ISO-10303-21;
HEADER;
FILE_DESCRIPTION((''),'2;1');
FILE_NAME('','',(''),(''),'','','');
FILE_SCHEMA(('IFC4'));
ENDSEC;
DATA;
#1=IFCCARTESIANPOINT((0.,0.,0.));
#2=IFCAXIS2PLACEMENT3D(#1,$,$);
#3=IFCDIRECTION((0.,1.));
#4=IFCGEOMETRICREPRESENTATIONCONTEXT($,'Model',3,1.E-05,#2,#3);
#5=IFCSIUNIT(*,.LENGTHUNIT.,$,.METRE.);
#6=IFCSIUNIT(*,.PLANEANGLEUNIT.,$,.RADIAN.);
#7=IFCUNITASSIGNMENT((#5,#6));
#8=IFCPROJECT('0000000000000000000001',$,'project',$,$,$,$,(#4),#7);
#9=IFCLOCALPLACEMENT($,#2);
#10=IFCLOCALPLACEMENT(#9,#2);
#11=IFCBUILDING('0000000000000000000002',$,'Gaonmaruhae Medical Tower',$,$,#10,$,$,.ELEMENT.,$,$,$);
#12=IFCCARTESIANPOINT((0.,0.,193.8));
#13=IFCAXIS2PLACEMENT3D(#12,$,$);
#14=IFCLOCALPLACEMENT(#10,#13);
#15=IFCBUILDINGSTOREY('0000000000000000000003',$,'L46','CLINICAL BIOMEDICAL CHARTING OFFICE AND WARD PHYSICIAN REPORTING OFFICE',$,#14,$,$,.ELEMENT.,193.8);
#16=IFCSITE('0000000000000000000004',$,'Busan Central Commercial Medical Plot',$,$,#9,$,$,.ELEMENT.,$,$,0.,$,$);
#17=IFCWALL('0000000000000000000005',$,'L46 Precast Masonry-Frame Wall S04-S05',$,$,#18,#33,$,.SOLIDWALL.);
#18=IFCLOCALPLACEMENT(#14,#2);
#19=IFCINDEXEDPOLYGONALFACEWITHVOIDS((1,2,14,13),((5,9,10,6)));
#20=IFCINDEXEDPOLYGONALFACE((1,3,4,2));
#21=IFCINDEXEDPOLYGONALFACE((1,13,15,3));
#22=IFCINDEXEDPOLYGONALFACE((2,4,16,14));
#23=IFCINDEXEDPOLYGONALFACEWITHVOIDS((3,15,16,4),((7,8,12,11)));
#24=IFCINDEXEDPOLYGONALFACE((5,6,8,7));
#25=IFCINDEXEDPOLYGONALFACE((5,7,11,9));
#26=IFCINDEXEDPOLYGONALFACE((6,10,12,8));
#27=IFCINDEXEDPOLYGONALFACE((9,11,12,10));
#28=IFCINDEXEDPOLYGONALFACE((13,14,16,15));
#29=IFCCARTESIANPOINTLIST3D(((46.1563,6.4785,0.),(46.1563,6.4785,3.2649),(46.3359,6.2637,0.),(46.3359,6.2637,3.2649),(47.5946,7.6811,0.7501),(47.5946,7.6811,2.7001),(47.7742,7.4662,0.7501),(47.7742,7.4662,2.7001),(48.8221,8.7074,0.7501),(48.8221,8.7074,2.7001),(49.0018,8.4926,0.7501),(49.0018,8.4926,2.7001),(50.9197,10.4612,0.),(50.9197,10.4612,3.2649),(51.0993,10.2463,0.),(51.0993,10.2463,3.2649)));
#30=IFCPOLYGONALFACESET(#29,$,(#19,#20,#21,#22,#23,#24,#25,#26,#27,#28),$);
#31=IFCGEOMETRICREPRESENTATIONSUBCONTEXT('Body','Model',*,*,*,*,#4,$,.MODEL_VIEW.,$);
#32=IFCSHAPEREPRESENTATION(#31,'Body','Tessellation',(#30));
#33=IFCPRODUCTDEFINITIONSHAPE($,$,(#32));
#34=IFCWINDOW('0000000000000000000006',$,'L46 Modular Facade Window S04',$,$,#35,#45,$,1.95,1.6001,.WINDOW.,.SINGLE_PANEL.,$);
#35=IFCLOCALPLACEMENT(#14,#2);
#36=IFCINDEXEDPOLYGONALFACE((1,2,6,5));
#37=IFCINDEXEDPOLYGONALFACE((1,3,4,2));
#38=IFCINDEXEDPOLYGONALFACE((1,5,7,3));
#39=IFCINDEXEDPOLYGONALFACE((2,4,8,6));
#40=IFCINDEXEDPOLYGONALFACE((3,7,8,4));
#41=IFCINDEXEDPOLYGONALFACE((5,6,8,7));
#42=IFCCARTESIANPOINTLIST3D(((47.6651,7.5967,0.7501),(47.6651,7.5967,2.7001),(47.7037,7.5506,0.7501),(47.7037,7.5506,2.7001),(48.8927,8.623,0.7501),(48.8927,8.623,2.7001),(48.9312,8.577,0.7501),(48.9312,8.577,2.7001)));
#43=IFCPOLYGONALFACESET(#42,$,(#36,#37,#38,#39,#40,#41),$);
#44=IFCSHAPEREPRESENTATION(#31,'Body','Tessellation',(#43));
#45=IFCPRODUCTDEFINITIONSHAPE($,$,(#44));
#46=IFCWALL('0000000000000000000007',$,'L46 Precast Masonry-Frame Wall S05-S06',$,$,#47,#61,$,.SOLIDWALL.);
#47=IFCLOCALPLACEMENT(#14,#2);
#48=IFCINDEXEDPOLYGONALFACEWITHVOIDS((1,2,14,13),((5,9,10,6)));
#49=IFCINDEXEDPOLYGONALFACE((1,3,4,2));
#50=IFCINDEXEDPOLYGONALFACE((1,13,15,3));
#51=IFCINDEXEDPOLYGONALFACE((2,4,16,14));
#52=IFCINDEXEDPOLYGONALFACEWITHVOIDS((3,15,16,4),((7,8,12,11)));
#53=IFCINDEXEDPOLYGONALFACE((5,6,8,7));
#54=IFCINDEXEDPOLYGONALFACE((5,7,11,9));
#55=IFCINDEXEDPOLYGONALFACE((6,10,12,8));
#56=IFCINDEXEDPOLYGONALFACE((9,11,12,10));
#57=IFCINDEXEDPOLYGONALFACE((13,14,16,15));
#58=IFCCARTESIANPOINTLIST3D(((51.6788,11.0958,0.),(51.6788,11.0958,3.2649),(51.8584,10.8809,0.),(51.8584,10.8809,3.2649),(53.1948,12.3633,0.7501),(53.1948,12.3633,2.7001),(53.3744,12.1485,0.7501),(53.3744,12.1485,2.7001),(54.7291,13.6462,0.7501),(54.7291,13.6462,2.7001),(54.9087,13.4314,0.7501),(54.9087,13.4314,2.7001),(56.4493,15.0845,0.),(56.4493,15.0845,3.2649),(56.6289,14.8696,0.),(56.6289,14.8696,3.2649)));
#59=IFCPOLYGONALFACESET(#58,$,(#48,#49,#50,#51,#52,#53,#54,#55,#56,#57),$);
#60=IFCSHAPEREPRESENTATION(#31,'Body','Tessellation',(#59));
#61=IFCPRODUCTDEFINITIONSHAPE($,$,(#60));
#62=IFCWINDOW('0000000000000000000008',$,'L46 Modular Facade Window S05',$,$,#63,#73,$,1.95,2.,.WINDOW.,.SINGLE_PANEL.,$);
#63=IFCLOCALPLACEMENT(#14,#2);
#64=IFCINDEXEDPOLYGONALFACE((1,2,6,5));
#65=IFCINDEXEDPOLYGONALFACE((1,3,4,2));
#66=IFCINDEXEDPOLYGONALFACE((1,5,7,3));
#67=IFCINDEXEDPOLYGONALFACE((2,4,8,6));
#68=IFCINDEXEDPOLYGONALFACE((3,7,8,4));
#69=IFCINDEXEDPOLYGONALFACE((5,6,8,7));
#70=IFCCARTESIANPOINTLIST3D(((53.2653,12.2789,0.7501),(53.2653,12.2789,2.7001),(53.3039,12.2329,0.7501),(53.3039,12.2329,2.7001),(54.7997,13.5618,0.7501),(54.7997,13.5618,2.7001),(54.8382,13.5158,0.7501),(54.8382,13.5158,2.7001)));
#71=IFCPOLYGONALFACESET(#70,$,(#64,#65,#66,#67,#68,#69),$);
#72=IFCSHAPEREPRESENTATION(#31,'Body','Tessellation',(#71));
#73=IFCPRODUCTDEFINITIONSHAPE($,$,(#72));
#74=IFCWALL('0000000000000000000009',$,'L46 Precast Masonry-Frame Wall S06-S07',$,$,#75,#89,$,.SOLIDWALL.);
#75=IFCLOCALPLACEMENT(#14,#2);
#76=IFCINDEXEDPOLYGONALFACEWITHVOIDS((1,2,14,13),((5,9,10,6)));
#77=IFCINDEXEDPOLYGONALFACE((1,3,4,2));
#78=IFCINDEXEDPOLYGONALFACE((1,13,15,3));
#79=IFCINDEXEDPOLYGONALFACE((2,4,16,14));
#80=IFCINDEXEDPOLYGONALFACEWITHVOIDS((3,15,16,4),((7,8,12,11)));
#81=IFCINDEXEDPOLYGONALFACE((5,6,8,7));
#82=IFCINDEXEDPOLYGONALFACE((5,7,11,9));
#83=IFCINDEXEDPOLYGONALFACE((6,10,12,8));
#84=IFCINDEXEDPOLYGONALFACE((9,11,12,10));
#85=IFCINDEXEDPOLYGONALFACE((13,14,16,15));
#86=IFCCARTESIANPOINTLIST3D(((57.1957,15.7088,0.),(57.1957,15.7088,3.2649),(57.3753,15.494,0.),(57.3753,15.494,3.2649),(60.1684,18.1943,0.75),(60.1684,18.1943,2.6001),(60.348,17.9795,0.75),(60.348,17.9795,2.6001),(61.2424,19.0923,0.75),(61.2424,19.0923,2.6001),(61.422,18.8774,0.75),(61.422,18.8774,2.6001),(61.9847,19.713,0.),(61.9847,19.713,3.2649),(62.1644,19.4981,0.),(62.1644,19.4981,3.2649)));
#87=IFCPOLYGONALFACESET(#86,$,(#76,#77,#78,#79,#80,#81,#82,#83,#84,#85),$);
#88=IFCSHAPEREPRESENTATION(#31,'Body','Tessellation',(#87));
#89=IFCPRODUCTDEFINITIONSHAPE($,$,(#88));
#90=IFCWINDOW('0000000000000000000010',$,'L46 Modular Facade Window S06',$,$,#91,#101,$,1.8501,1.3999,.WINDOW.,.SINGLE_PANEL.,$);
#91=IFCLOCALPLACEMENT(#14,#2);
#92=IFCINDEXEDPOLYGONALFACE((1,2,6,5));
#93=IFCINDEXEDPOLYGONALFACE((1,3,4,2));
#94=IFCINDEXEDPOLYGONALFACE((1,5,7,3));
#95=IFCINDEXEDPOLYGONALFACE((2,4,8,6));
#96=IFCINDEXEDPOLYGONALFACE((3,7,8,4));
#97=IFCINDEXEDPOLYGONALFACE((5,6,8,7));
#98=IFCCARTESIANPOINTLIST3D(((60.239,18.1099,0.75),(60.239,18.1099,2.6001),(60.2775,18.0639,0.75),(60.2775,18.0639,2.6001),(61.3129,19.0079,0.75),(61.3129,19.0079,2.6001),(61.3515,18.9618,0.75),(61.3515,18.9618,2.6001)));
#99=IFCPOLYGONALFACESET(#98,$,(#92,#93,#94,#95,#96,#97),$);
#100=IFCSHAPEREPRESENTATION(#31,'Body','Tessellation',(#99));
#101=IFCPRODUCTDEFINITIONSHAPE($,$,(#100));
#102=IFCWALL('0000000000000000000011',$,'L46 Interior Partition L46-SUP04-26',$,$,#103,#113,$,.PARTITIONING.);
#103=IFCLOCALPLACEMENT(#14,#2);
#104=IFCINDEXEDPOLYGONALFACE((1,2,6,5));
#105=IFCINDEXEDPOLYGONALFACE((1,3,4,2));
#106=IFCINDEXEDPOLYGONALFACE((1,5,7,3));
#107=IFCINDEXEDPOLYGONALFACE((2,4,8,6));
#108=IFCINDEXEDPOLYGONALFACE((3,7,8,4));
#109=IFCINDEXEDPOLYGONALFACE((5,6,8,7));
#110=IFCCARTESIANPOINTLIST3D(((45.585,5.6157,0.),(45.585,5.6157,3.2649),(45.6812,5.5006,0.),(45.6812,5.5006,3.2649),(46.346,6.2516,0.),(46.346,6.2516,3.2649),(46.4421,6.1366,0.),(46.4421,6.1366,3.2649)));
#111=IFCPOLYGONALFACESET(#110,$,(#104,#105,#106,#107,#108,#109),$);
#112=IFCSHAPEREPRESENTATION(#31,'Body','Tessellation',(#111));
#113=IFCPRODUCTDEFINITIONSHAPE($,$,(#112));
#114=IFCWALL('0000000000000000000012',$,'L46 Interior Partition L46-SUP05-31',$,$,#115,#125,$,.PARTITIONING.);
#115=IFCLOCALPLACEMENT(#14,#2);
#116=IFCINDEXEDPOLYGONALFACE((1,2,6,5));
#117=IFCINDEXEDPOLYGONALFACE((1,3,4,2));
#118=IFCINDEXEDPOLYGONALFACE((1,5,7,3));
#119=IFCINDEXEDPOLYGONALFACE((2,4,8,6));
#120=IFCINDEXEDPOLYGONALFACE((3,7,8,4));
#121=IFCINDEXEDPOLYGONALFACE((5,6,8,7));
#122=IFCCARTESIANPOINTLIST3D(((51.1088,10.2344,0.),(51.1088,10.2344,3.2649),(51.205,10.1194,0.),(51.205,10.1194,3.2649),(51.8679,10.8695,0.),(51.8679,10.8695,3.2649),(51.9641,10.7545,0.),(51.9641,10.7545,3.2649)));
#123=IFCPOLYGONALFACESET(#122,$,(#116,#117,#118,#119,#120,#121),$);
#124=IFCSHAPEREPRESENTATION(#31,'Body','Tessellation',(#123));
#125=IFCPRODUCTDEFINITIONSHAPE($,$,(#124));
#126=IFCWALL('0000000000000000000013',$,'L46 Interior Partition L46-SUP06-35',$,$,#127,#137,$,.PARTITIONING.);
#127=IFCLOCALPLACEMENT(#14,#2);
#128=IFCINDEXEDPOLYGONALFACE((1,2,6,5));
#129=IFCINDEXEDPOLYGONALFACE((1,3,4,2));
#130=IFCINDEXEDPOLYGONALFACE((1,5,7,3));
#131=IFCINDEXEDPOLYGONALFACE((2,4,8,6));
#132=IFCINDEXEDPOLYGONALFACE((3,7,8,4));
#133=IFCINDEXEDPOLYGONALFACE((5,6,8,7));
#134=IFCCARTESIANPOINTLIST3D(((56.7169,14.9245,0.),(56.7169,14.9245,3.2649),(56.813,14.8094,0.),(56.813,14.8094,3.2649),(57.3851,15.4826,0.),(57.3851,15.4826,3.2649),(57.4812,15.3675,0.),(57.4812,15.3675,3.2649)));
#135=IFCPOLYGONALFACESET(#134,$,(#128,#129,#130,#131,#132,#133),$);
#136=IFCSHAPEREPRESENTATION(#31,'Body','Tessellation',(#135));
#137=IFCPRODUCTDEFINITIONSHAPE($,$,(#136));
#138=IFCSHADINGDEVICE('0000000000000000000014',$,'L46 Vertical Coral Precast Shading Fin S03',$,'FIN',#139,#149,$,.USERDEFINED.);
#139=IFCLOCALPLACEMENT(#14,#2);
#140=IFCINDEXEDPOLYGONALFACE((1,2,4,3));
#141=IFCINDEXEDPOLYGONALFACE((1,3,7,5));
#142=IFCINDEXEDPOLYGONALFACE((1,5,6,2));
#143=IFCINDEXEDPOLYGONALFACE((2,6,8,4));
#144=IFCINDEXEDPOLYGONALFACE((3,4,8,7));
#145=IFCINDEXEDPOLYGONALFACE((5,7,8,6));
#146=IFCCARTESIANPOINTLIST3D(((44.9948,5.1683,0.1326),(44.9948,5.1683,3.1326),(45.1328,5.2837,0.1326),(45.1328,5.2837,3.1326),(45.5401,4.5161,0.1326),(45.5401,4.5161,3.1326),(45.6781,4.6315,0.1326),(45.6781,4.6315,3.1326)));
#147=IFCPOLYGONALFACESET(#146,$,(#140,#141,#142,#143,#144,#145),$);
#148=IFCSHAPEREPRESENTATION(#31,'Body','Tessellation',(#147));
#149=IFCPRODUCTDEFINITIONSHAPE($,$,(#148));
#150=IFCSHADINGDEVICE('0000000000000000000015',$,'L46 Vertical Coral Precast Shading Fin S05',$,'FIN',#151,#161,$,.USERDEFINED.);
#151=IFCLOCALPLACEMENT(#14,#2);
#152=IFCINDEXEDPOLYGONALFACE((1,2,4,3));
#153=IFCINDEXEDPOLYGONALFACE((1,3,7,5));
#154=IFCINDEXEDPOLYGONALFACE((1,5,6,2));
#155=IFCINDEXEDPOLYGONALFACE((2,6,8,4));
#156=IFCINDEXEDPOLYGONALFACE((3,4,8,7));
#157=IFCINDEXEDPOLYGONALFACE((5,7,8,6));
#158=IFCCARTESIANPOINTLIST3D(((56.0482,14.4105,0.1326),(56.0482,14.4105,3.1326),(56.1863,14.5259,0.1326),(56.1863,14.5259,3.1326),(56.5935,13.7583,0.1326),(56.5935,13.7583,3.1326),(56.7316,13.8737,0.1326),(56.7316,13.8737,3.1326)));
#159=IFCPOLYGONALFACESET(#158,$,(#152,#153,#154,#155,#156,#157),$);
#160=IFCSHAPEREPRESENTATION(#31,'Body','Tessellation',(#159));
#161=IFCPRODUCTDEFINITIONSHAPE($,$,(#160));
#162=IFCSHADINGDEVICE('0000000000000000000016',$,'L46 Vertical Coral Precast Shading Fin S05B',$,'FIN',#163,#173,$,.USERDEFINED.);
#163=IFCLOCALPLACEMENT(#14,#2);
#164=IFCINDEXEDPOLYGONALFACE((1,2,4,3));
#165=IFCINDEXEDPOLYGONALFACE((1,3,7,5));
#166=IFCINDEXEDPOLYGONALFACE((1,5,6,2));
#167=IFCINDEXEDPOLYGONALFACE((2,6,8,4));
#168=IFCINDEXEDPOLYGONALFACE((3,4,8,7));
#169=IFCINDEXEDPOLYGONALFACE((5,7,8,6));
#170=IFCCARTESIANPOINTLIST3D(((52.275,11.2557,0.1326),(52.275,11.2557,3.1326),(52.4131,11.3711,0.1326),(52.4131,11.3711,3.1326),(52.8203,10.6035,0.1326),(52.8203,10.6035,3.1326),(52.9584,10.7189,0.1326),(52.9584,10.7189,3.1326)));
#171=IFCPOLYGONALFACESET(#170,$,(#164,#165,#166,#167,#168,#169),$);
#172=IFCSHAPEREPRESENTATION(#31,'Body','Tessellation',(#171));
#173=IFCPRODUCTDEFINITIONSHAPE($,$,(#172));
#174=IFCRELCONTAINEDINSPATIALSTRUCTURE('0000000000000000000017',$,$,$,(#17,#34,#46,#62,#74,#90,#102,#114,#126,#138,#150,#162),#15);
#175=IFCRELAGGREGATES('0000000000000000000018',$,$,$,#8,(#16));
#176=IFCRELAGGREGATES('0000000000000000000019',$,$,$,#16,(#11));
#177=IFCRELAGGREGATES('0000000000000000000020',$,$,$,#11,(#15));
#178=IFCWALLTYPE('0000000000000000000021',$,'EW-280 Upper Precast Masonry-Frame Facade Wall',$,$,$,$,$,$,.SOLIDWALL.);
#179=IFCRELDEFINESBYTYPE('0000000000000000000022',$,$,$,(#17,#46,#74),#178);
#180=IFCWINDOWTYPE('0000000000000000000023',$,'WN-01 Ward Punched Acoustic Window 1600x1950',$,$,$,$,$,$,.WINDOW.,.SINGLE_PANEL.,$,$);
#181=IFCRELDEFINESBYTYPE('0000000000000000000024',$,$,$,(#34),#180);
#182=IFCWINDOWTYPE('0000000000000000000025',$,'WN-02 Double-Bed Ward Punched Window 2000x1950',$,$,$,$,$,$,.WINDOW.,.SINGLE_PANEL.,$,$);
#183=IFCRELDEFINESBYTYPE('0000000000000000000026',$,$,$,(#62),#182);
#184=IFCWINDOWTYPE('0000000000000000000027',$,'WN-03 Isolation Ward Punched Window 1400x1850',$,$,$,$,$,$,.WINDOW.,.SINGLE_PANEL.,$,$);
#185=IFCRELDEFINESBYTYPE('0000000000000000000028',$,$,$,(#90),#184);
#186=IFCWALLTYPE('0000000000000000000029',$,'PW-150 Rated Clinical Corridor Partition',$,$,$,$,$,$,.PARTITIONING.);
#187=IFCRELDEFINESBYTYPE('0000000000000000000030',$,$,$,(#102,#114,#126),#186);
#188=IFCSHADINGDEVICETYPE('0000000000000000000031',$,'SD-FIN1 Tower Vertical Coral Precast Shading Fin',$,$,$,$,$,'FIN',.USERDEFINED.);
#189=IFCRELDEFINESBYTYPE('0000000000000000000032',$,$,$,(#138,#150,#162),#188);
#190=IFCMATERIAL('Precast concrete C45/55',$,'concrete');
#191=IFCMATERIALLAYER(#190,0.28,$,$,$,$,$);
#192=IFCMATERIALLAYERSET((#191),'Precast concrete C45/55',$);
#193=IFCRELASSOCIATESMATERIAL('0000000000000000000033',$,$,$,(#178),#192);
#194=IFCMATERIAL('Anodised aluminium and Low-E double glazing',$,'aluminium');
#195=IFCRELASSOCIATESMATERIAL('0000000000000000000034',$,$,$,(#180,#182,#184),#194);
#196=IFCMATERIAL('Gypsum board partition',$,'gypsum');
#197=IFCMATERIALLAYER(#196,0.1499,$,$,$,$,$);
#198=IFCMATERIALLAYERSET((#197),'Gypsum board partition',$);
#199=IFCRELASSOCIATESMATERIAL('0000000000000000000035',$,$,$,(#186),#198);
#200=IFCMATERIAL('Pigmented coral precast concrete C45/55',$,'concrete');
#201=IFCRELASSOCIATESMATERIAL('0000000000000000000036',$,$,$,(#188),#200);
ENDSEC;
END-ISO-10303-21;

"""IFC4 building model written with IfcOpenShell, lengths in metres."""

from ifc_helpers import new_model, si_unit, direction, frame, frame_2d, origin, origin_2d, place, context, subcontext, project, spatial, rectangle, extrude, material, layer, layer_set, type_object, element, fill, save


model = new_model("IFC4")

# Units and contexts
model_context = context("Model", 3, precision=1e-05, world=origin(), true_north=direction((0.0, 1.0)))
body_context = subcontext(model_context, "Body", "Model", "MODEL_VIEW")
ifc_project = project(units=[si_unit("LENGTHUNIT", "METRE"), si_unit("PLANEANGLEUNIT", "RADIAN")], contexts=[model_context])

# Site, building, storey
site_placement = place(None, origin())
site = spatial("IfcSite", under=ifc_project, at=site_placement, Name="Busan Central Commercial Medical Plot", CompositionType="ELEMENT", RefElevation=0.0)
building_placement = place(site_placement, origin())
building = spatial("IfcBuilding", under=site, at=building_placement, Name="Gaonmaruhae Medical Tower", CompositionType="ELEMENT")
storey_placement = place(building_placement, frame((0.0, 0.0, 193.8)))
storey = spatial("IfcBuildingStorey", under=building, at=storey_placement, Name="L46", Description="CLINICAL BIOMEDICAL CHARTING OFFICE AND WARD PHYSICIAN REPORTING OFFICE", CompositionType="ELEMENT", Elevation=193.8)

# Walls, openings, windows
ifc_material_1 = material(Name="Precast concrete C45/55", Category="concrete")
ifc_layer_1 = layer(ifc_material_1, 0.28)
ifc_layer_set_1 = layer_set([ifc_layer_1], Name="Precast concrete C45/55")
wall_type_1 = type_object("IfcWallType", Name="EW-280 Upper Precast Masonry-Frame Facade Wall", PredefinedType="SOLIDWALL", material=ifc_layer_set_1)
ifc_material_2 = material(Name="Anodised aluminium and Low-E double glazing", Category="aluminium")
wall_1_placement = place(storey_placement, frame((51.0095, 10.3538, 0.0), z_axis=(0.0, 0.0, 1.0), x_axis=(-0.767179, -0.641433, 0.0)))
wall_1 = element("IfcWall", 1, at=wall_1_placement, inside=storey, type_object=wall_type_1, Name="L46 Precast Masonry-Frame Wall S04-S05", PredefinedType="SOLIDWALL", context=body_context, shape_type="SweptSolid", body=[
    extrude(rectangle(XDim=6.209, YDim=0.28, at=frame_2d((3.1045, 0.0))), origin(), (0.0, 0.0, 1.0), 3.2649),
])
opening_1_placement = place(wall_1_placement, frame((2.7341, 0.0, 0.75)))
opening_1 = element("IfcOpeningElement", 2, at=opening_1_placement, cuts=wall_1, PredefinedType="OPENING", context=body_context, shape_type="SweptSolid", body=[
    extrude(rectangle(XDim=1.6001, YDim=1.95, at=frame_2d((0.8, 0.9751))), frame((0.0, 0.1499, 0.0), z_axis=(0.0, -1.0, 0.0), x_axis=(1.0, 0.0, 0.0)), (0.0, 0.0, 1.0), 0.3),
])
window_type_1 = type_object("IfcWindowType", Name="WN-01 Ward Punched Acoustic Window 1600x1950", PartitioningType="SINGLE_PANEL", PredefinedType="WINDOW", material=ifc_material_2)
window_1_placement = place(opening_1_placement, origin())
window_1 = element("IfcWindow", 3, at=window_1_placement, inside=storey, type_object=window_type_1, Name="L46 Modular Facade Window S04", OverallHeight=1.95, OverallWidth=1.6001, PartitioningType="SINGLE_PANEL", PredefinedType="WINDOW", context=body_context, shape_type="SweptSolid", body=[
    extrude(rectangle(XDim=1.6001, YDim=1.95, at=frame_2d((0.8, 0.9751))), frame((0.0, 0.03, 0.0), z_axis=(0.0, -1.0, 0.0), x_axis=(1.0, 0.0, 0.0)), (0.0, 0.0, 1.0), 0.0601),
])
fill(opening_1, window_1)
wall_2_placement = place(storey_placement, frame((56.5391, 14.9771, 0.0), z_axis=(0.0, 0.0, 1.0), x_axis=(-0.767165, -0.64145, 0.0)))
wall_2 = element("IfcWall", 4, at=wall_2_placement, inside=storey, type_object=wall_type_1, Name="L46 Precast Masonry-Frame Wall S05-S06", PredefinedType="SOLIDWALL", context=body_context, shape_type="SweptSolid", body=[
    extrude(rectangle(XDim=6.2183, YDim=0.28, at=frame_2d((3.1091, 0.0))), origin(), (0.0, 0.0, 1.0), 3.2649),
])
opening_2_placement = place(wall_2_placement, frame((2.2422, 0.0, 0.75)))
opening_2 = element("IfcOpeningElement", 5, at=opening_2_placement, cuts=wall_2, PredefinedType="OPENING", context=body_context, shape_type="SweptSolid", body=[
    extrude(rectangle(XDim=2.0, YDim=1.95, at=frame_2d((1.0, 0.9751))), frame((0.0, 0.1499, 0.0), z_axis=(0.0, -1.0, 0.0), x_axis=(1.0, 0.0, 0.0)), (0.0, 0.0, 1.0), 0.3),
])
window_type_2 = type_object("IfcWindowType", Name="WN-02 Double-Bed Ward Punched Window 2000x1950", PartitioningType="SINGLE_PANEL", PredefinedType="WINDOW", material=ifc_material_2)
window_2_placement = place(opening_2_placement, origin())
window_2 = element("IfcWindow", 6, at=window_2_placement, inside=storey, type_object=window_type_2, Name="L46 Modular Facade Window S05", OverallHeight=1.95, OverallWidth=2.0, PartitioningType="SINGLE_PANEL", PredefinedType="WINDOW", context=body_context, shape_type="SweptSolid", body=[
    extrude(rectangle(XDim=2.0, YDim=1.95, at=frame_2d((1.0, 0.9751))), frame((0.0, 0.03, 0.0), z_axis=(0.0, -1.0, 0.0), x_axis=(1.0, 0.0, 0.0)), (0.0, 0.0, 1.0), 0.0601),
])
fill(opening_2, window_2)
wall_3_placement = place(storey_placement, frame((62.0745, 19.6055, 0.0), z_axis=(0.0, 0.0, 1.0), x_axis=(-0.767175, -0.641438, 0.0)))
wall_3 = element("IfcWall", 7, at=wall_3_placement, inside=storey, type_object=wall_type_1, Name="L46 Precast Masonry-Frame Wall S06-S07", PredefinedType="SOLIDWALL", context=body_context, shape_type="SweptSolid", body=[
    extrude(rectangle(XDim=6.2424, YDim=0.28, at=frame_2d((3.1211, 0.0))), origin(), (0.0, 0.0, 1.0), 3.2649),
])
opening_3_placement = place(wall_3_placement, frame((0.9675, 0.0, 0.75)))
opening_3 = element("IfcOpeningElement", 8, at=opening_3_placement, cuts=wall_3, PredefinedType="OPENING", context=body_context, shape_type="SweptSolid", body=[
    extrude(rectangle(XDim=1.3999, YDim=1.8501, at=frame_2d((0.7, 0.925))), frame((0.0, 0.1499, 0.0), z_axis=(0.0, -1.0, 0.0), x_axis=(1.0, 0.0, 0.0)), (0.0, 0.0, 1.0), 0.3),
])
window_type_3 = type_object("IfcWindowType", Name="WN-03 Isolation Ward Punched Window 1400x1850", PartitioningType="SINGLE_PANEL", PredefinedType="WINDOW", material=ifc_material_2)
window_3_placement = place(opening_3_placement, origin())
window_3 = element("IfcWindow", 9, at=window_3_placement, inside=storey, type_object=window_type_3, Name="L46 Modular Facade Window S06", OverallHeight=1.8501, OverallWidth=1.3999, PartitioningType="SINGLE_PANEL", PredefinedType="WINDOW", context=body_context, shape_type="SweptSolid", body=[
    extrude(rectangle(XDim=1.3999, YDim=1.8501, at=frame_2d((0.7, 0.925))), frame((0.0, 0.03, 0.0), z_axis=(0.0, -1.0, 0.0), x_axis=(1.0, 0.0, 0.0)), (0.0, 0.0, 1.0), 0.0601),
])
fill(opening_3, window_3)

# Walls
ifc_material_3 = material(Name="Gypsum board partition", Category="gypsum")
ifc_layer_2 = layer(ifc_material_3, 0.1499)
ifc_layer_set_2 = layer_set([ifc_layer_2], Name="Gypsum board partition")
wall_type_2 = type_object("IfcWallType", Name="PW-150 Rated Clinical Corridor Partition", PredefinedType="PARTITIONING", material=ifc_layer_set_2)
wall_4_placement = place(storey_placement, frame((46.394, 6.1941, 0.0), z_axis=(0.0, 0.0, 1.0), x_axis=(-0.767313, -0.641273, 0.0)))
element("IfcWall", 10, at=wall_4_placement, inside=storey, type_object=wall_type_2, Name="L46 Interior Partition L46-SUP04-26", PredefinedType="PARTITIONING", context=body_context, shape_type="SweptSolid", body=[
    extrude(rectangle(XDim=0.9917, YDim=0.1499, at=frame_2d((0.4958, 0.0))), origin(), (0.0, 0.0, 1.0), 3.2649),
])
wall_5_placement = place(storey_placement, frame((51.916, 10.812, 0.0), z_axis=(0.0, 0.0, 1.0), x_axis=(-0.766986, -0.641663, 0.0)))
element("IfcWall", 11, at=wall_5_placement, inside=storey, type_object=wall_type_2, Name="L46 Interior Partition L46-SUP05-31", PredefinedType="PARTITIONING", context=body_context, shape_type="SweptSolid", body=[
    extrude(rectangle(XDim=0.9897, YDim=0.1499, at=frame_2d((0.4949, 0.0))), origin(), (0.0, 0.0, 1.0), 3.2649),
])
wall_6_placement = place(storey_placement, frame((57.4331, 15.425, 0.0), z_axis=(0.0, 0.0, 1.0), x_axis=(-0.767508, -0.641039, 0.0)))
element("IfcWall", 12, at=wall_6_placement, inside=storey, type_object=wall_type_2, Name="L46 Interior Partition L46-SUP06-35", PredefinedType="PARTITIONING", context=body_context, shape_type="SweptSolid", body=[
    extrude(rectangle(XDim=0.8706, YDim=0.1499, at=frame_2d((0.4353, 0.0))), origin(), (0.0, 0.0, 1.0), 3.2649),
])

# Shading devices
ifc_material_4 = material(Name="Pigmented coral precast concrete C45/55", Category="concrete")
shading_device_type = type_object("IfcShadingDeviceType", Name="SD-FIN1 Tower Vertical Coral Precast Shading Fin", ElementType="FIN", PredefinedType="USERDEFINED", material=ifc_material_4)
for number, where, z_axis, x_axis, name in (
    (13, (45.3364, 4.8999, 0.1326), (0.0, 0.0, 1.0), (-0.767154, -0.641463, 0.0), "L46 Vertical Coral Precast Shading Fin S03"),
    (14, (56.3899, 14.1421, 0.1326), (0.0, 0.0, 1.0), (-0.767165, -0.64145, 0.0), "L46 Vertical Coral Precast Shading Fin S05"),
    (15, (52.6167, 10.9873, 0.1326), (0.0, 0.0, 1.0), (-0.767165, -0.64145, 0.0), "L46 Vertical Coral Precast Shading Fin S05B"),
):
    element("IfcShadingDevice", number, at=place(storey_placement, frame(where, z_axis=z_axis, x_axis=x_axis)), inside=storey, type_object=shading_device_type, Name=name, ObjectType="FIN", PredefinedType="USERDEFINED", context=body_context, shape_type="SweptSolid", body=[
        extrude(rectangle(XDim=0.1799, YDim=0.8501, at=origin_2d()), origin(), (0.0, 0.0, 1.0), 3.0),
    ])

save(model, "model.ifc")
